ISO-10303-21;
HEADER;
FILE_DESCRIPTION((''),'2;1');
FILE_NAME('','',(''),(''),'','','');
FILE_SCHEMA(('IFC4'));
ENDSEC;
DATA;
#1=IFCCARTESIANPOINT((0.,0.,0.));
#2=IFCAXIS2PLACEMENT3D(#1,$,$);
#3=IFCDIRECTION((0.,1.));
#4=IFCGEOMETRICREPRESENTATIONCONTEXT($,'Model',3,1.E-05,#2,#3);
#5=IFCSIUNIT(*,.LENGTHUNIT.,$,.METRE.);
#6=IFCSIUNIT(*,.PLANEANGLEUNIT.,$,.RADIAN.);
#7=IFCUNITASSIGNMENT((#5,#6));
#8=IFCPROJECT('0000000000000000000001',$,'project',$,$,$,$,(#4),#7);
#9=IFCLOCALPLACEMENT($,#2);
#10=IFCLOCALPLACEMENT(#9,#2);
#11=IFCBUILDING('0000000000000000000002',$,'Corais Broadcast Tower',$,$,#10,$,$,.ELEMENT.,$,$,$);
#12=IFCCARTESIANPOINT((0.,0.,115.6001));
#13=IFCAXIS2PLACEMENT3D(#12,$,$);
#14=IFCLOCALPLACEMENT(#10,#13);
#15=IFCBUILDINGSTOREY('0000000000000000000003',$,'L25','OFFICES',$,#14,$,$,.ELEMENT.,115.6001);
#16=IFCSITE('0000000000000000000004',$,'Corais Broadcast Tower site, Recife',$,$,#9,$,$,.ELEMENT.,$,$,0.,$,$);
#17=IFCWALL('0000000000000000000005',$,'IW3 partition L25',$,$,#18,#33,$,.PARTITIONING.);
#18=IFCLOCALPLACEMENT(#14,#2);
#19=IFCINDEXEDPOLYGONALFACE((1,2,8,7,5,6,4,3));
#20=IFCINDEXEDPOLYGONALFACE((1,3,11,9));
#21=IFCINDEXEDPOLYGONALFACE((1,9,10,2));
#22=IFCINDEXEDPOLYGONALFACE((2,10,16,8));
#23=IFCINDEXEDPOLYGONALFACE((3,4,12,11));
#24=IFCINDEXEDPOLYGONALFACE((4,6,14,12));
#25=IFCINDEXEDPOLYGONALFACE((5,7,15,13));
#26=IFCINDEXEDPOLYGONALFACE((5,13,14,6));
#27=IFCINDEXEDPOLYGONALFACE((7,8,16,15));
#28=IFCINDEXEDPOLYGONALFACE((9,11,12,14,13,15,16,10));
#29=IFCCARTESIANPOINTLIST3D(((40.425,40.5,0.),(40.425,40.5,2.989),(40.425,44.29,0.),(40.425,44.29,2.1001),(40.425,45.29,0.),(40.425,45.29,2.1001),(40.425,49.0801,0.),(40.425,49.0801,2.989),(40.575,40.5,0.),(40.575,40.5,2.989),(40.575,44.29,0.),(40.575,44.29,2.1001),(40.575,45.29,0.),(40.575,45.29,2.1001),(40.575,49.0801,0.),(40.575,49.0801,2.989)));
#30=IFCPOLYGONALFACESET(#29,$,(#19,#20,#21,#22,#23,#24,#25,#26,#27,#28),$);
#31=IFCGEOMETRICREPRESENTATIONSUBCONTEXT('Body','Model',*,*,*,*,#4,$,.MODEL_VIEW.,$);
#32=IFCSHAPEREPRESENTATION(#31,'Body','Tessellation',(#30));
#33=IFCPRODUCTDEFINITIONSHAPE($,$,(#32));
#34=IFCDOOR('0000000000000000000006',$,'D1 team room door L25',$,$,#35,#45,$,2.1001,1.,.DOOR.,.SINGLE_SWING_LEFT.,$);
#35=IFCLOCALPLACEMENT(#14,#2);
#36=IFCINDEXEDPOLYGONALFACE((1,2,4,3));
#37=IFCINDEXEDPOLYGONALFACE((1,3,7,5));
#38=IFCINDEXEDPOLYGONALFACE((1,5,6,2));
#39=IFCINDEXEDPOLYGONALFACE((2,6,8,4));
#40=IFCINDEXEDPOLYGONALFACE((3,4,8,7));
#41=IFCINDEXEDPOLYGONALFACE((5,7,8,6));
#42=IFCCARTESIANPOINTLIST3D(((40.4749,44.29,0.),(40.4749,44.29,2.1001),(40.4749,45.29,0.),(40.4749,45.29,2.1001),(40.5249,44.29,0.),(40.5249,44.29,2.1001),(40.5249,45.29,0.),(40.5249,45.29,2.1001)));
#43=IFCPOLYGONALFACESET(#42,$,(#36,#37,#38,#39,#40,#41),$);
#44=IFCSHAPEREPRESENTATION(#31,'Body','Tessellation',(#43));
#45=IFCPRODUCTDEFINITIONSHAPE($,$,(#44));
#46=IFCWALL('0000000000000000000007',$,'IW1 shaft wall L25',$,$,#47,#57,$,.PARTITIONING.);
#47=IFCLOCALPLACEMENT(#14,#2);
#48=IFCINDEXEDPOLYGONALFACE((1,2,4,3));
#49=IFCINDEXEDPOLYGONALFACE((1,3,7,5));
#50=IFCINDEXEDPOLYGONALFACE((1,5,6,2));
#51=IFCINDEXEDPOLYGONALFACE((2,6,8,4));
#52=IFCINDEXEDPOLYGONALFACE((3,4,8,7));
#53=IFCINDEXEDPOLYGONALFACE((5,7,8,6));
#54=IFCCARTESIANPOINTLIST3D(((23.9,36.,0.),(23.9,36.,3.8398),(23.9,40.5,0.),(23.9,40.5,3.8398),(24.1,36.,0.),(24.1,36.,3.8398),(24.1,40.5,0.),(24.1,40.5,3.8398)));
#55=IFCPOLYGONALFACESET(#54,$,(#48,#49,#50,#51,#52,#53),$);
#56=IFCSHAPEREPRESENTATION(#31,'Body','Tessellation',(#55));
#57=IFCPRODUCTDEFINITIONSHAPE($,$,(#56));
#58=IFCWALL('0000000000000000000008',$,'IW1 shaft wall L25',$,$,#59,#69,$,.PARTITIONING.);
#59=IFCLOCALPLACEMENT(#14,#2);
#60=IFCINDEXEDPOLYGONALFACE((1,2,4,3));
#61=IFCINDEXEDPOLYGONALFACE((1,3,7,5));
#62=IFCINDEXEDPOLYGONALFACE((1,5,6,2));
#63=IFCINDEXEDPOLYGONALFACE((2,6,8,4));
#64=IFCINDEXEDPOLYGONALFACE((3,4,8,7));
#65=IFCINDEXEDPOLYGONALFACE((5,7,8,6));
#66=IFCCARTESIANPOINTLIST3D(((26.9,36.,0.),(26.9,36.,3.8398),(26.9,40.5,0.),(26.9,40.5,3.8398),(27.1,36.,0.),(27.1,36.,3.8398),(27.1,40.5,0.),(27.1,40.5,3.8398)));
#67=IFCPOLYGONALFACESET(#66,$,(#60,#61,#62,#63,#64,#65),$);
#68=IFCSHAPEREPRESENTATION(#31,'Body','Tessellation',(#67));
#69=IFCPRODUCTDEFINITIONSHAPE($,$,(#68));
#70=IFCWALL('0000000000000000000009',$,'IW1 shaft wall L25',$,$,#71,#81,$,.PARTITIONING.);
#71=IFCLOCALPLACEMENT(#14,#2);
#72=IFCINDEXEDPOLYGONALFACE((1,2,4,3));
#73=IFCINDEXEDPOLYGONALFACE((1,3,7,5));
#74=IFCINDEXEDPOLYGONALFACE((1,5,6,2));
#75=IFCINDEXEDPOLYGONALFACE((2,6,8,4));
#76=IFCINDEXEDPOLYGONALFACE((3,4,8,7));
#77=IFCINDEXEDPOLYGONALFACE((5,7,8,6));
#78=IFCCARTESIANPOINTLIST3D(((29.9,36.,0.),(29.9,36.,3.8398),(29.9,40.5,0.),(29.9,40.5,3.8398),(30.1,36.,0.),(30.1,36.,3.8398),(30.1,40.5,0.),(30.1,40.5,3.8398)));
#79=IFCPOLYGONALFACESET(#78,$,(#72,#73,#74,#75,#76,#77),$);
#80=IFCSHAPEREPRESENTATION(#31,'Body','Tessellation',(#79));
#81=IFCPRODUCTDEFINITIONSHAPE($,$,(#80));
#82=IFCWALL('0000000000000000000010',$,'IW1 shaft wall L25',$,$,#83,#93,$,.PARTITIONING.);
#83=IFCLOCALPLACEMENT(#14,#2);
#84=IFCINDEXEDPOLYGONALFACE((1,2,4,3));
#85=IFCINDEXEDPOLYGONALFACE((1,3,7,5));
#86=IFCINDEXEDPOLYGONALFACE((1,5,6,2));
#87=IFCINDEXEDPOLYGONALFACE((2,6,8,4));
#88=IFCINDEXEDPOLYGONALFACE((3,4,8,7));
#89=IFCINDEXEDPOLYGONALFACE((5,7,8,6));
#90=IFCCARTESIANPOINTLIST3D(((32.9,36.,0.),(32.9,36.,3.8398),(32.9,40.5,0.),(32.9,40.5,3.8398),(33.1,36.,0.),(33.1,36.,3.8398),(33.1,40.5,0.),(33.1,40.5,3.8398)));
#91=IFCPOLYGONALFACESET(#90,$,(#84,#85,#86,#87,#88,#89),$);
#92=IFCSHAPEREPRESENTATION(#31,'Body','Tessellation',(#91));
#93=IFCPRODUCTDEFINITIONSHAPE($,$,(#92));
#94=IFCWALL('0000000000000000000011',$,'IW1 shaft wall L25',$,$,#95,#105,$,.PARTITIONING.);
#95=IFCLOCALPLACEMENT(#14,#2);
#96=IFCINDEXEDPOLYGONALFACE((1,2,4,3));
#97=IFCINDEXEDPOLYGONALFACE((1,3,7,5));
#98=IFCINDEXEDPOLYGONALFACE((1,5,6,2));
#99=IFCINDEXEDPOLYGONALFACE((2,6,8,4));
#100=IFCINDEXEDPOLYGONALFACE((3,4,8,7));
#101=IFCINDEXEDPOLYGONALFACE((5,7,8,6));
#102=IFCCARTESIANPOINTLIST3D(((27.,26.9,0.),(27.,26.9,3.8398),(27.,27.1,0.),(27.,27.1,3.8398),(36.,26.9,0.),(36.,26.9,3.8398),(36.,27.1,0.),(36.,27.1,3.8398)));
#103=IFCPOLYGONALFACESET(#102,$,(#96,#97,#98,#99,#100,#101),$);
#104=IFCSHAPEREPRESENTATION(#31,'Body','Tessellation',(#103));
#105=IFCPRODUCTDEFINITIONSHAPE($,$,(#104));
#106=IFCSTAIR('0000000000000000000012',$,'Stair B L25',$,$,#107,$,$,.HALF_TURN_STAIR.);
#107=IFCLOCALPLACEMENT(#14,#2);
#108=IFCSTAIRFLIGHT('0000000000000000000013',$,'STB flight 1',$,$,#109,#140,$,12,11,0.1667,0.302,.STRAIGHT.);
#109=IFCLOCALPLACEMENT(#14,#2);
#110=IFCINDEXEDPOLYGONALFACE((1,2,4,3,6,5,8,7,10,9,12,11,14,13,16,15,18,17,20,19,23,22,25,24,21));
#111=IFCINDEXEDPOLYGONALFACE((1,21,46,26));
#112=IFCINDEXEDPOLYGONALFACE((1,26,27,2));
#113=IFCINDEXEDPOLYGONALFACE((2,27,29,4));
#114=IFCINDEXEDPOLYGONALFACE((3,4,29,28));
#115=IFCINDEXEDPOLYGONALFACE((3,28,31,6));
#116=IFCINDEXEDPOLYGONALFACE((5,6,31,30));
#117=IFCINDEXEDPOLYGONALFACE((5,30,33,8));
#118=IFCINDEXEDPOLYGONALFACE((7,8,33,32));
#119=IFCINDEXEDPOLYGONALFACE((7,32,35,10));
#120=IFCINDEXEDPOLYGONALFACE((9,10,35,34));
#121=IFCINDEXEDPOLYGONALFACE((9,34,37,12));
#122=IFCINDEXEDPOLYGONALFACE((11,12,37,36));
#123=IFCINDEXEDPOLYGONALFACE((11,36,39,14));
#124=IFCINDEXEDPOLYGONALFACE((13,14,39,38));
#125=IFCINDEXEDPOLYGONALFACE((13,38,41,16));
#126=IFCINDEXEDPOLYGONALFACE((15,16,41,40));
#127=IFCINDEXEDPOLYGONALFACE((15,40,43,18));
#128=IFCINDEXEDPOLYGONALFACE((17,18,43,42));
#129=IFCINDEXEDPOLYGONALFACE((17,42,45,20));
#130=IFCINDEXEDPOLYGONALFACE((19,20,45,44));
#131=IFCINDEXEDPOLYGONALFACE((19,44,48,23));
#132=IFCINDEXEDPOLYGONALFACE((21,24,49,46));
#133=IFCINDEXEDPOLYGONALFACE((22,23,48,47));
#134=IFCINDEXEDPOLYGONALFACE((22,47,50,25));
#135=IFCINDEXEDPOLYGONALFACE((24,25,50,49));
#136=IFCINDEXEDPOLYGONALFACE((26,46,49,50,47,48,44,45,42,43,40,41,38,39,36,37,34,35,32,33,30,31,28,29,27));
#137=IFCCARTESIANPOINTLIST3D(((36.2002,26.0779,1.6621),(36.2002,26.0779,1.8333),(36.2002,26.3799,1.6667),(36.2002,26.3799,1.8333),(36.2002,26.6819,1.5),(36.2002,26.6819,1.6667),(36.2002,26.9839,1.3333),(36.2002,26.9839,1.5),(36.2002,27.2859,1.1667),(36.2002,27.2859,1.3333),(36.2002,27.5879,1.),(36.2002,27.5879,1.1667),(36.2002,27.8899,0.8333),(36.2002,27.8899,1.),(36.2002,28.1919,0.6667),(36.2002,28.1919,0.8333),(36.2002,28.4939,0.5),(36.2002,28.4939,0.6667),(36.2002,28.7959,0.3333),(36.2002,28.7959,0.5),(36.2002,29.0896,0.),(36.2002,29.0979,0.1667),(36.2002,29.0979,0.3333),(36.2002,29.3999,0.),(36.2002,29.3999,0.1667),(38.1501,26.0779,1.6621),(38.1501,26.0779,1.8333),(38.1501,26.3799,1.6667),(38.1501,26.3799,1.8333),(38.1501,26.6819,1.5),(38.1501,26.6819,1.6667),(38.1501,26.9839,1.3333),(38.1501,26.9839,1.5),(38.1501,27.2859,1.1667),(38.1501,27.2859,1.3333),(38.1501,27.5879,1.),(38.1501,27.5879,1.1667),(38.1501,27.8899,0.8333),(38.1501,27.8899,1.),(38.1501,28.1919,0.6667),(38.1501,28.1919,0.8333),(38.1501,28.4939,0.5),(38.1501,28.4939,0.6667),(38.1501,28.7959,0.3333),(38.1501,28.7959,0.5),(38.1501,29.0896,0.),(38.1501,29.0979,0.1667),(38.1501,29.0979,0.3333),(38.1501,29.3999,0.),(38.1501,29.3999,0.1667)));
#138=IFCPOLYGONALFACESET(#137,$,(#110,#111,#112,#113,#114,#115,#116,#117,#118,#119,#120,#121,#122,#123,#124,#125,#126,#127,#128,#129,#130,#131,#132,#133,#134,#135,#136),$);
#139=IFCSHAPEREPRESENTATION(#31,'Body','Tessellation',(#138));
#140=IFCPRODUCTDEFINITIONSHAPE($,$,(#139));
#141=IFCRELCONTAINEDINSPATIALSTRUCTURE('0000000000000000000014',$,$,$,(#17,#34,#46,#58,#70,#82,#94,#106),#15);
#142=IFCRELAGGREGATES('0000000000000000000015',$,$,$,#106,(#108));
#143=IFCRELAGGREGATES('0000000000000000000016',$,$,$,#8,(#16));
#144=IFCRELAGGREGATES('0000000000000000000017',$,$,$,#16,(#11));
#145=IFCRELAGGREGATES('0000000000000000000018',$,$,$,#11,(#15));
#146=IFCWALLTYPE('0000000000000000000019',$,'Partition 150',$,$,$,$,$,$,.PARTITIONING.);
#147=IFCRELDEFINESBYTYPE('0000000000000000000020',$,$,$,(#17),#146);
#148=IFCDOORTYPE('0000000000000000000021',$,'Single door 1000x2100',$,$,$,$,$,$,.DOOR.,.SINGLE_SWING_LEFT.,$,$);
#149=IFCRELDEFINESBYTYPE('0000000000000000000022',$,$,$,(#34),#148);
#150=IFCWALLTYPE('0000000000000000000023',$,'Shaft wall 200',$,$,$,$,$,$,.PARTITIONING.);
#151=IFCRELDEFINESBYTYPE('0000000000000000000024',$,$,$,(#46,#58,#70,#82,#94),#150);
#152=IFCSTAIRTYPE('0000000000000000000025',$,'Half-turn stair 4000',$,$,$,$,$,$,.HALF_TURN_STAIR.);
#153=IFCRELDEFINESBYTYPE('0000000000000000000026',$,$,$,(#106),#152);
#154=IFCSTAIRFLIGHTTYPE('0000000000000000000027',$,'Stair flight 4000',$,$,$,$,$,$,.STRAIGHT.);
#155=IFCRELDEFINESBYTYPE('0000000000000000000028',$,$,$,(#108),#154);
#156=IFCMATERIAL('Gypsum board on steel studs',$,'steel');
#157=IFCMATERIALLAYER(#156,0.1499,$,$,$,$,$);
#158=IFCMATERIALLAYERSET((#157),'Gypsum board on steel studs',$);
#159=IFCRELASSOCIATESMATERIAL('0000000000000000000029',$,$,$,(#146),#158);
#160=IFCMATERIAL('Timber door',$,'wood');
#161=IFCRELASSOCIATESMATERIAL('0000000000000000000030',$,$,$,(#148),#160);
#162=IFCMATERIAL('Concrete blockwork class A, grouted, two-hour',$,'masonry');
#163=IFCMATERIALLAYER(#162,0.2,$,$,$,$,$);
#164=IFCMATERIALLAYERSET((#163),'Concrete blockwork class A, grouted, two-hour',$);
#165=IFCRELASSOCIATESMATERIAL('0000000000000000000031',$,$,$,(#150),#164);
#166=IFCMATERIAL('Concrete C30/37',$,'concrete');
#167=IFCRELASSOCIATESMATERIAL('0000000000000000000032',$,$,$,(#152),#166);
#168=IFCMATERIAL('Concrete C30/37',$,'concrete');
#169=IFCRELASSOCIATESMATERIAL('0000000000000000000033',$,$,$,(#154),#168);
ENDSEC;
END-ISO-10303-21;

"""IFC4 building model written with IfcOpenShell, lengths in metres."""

from ifc_helpers import new_model, si_unit, direction, frame, frame_2d, origin, place, context, subcontext, project, spatial, polyline, rectangle, outline, extrude, material, layer, layer_set, type_object, element, fill, aggregate, save


model = new_model("IFC4")

# Units and contexts
model_context = context("Model", 3, precision=1e-05, world=origin(), true_north=direction((0.0, 1.0)))
body_context = subcontext(model_context, "Body", "Model", "MODEL_VIEW")
ifc_project = project(units=[si_unit("LENGTHUNIT", "METRE"), si_unit("PLANEANGLEUNIT", "RADIAN")], contexts=[model_context])

# Site, building, storey
site_placement = place(None, origin())
site = spatial("IfcSite", under=ifc_project, at=site_placement, Name="Corais Broadcast Tower site, Recife", CompositionType="ELEMENT", RefElevation=0.0)
building_placement = place(site_placement, origin())
building = spatial("IfcBuilding", under=site, at=building_placement, Name="Corais Broadcast Tower", CompositionType="ELEMENT")
storey_placement = place(building_placement, frame((0.0, 0.0, 115.6001)))
storey = spatial("IfcBuildingStorey", under=building, at=storey_placement, Name="L25", Description="OFFICES", CompositionType="ELEMENT", Elevation=115.6001)

# Shared definitions
ifc_material_1 = material(Name="Gypsum board on steel studs", Category="steel")
ifc_layer_1 = layer(ifc_material_1, 0.1499)
ifc_layer_set_1 = layer_set([ifc_layer_1], Name="Gypsum board on steel studs")
wall_type_1 = type_object("IfcWallType", Name="Partition 150", PredefinedType="PARTITIONING", material=ifc_layer_set_1)

# Wall, opening, door
wall_1_placement = place(storey_placement, frame((40.5, 49.0801, 0.0), z_axis=(0.0, 0.0, 1.0), x_axis=(0.0, -1.0, 0.0)))
wall_1 = element("IfcWall", 1, at=wall_1_placement, inside=storey, type_object=wall_type_1, Name="IW3 partition L25", PredefinedType="PARTITIONING", context=body_context, shape_type="SweptSolid", body=[
    extrude(rectangle(XDim=8.5801, YDim=0.1499, at=frame_2d((4.29, 0.0))), origin(), (0.0, 0.0, 1.0), 2.989),
])
opening_placement = place(wall_1_placement, frame((3.79, 0.0, 0.0)))
opening = element("IfcOpeningElement", 2, at=opening_placement, cuts=wall_1, PredefinedType="OPENING", context=body_context, shape_type="SweptSolid", body=[
    extrude(rectangle(XDim=1.0, YDim=2.1001, at=frame_2d((0.5, 1.05))), frame((0.0, 0.085, 0.0), z_axis=(0.0, -1.0, 0.0), x_axis=(1.0, 0.0, 0.0)), (0.0, 0.0, 1.0), 0.1699),
])
ifc_material_2 = material(Name="Timber door", Category="wood")
door_type = type_object("IfcDoorType", Name="Single door 1000x2100", OperationType="SINGLE_SWING_LEFT", PredefinedType="DOOR", material=ifc_material_2)
door_placement = place(opening_placement, origin())
door = element("IfcDoor", 3, at=door_placement, inside=storey, type_object=door_type, Name="D1 team room door L25", OperationType="SINGLE_SWING_LEFT", OverallHeight=2.1001, OverallWidth=1.0, PredefinedType="DOOR", context=body_context, shape_type="SweptSolid", body=[
    extrude(rectangle(XDim=1.0, YDim=2.1001, at=frame_2d((0.5, 1.05))), frame((0.0, 0.0249, 0.0), z_axis=(0.0, -1.0, 0.0), x_axis=(1.0, 0.0, 0.0)), (0.0, 0.0, 1.0), 0.05),
])
fill(opening, door)

# Walls
ifc_material_3 = material(Name="Concrete blockwork class A, grouted, two-hour", Category="masonry")
ifc_layer_2 = layer(ifc_material_3, 0.2)
ifc_layer_set_2 = layer_set([ifc_layer_2], Name="Concrete blockwork class A, grouted, two-hour")
wall_type_2 = type_object("IfcWallType", Name="Shaft wall 200", PredefinedType="PARTITIONING", material=ifc_layer_set_2)
for number, where, z_axis, x_axis, name in (
    (4, (24.0, 36.0, 0.0), (0.0, 0.0, 1.0), (0.0, 1.0, 0.0), "IW1 shaft wall L25"),
    (5, (27.0, 36.0, 0.0), (0.0, 0.0, 1.0), (0.0, 1.0, 0.0), "IW1 shaft wall L25"),
    (6, (30.0, 36.0, 0.0), (0.0, 0.0, 1.0), (0.0, 1.0, 0.0), "IW1 shaft wall L25"),
    (7, (33.0, 36.0, 0.0), (0.0, 0.0, 1.0), (0.0, 1.0, 0.0), "IW1 shaft wall L25"),
):
    element("IfcWall", number, at=place(storey_placement, frame(where, z_axis=z_axis, x_axis=x_axis)), inside=storey, type_object=wall_type_2, Name=name, PredefinedType="PARTITIONING", context=body_context, shape_type="SweptSolid", body=[
        extrude(rectangle(XDim=4.5, YDim=0.2, at=frame_2d((2.25, 0.0))), origin(), (0.0, 0.0, 1.0), 3.8398),
    ])
wall_2_placement = place(storey_placement, frame((27.0, 27.0, 0.0), z_axis=(0.0, 0.0, 1.0), x_axis=(1.0, 0.0, 0.0)))
element("IfcWall", 8, at=wall_2_placement, inside=storey, type_object=wall_type_2, Name="IW1 shaft wall L25", PredefinedType="PARTITIONING", context=body_context, shape_type="SweptSolid", body=[
    extrude(rectangle(XDim=9.0, YDim=0.2, at=frame_2d((4.5, 0.0))), origin(), (0.0, 0.0, 1.0), 3.8398),
])

# Stair, stair flight
ifc_material_4 = material(Name="Concrete C30/37", Category="concrete")
stair_type = type_object("IfcStairType", Name="Half-turn stair 4000", PredefinedType="HALF_TURN_STAIR", material=ifc_material_4)
stair_placement = place(storey_placement, origin())
stair = element("IfcStair", 9, at=stair_placement, inside=storey, type_object=stair_type, Name="Stair B L25", PredefinedType="HALF_TURN_STAIR")
ifc_material_5 = material(Name="Concrete C30/37", Category="concrete")
stair_flight_type = type_object("IfcStairFlightType", Name="Stair flight 4000", PredefinedType="STRAIGHT", material=ifc_material_5)
stair_flight_placement = place(storey_placement, frame((37.175, 29.3999, 0.0), z_axis=(0.0, 0.0, 1.0), x_axis=(0.0, -1.0, 0.0)))
stair_flight = element("IfcStairFlight", 10, at=stair_flight_placement, type_object=stair_flight_type, Name="STB flight 1", NumberOfRisers=12, NumberOfTreads=11, PredefinedType="STRAIGHT", RiserHeight=0.1667, TreadLength=0.302, context=body_context, shape_type="SweptSolid", body=[
    extrude(outline(polyline([(0.0, 0.0), (0.0, 0.1667), (0.302, 0.1667), (0.302, 0.3333), (0.604, 0.3333), (0.604, 0.5), (0.906, 0.5), (0.906, 0.6667), (1.208, 0.6667), (1.208, 0.8333), (1.51, 0.8333), (1.51, 1.0), (1.812, 1.0), (1.812, 1.1667), (2.114, 1.1667), (2.114, 1.3333), (2.416, 1.3333), (2.416, 1.5), (2.718, 1.5), (2.718, 1.6667), (3.02, 1.6667), (3.02, 1.8333), (3.322, 1.8333), (3.322, 2.0), (3.322, 1.6621), (0.3103, 0.0), (0.0, 0.0)])), frame((0.0, 0.9751, 0.0), z_axis=(0.0, -1.0, 0.0), x_axis=(1.0, 0.0, 0.0)), (0.0, 0.0, 1.0), 1.95),
])
aggregate(stair, [stair_flight])

save(model, "model.ifc")
